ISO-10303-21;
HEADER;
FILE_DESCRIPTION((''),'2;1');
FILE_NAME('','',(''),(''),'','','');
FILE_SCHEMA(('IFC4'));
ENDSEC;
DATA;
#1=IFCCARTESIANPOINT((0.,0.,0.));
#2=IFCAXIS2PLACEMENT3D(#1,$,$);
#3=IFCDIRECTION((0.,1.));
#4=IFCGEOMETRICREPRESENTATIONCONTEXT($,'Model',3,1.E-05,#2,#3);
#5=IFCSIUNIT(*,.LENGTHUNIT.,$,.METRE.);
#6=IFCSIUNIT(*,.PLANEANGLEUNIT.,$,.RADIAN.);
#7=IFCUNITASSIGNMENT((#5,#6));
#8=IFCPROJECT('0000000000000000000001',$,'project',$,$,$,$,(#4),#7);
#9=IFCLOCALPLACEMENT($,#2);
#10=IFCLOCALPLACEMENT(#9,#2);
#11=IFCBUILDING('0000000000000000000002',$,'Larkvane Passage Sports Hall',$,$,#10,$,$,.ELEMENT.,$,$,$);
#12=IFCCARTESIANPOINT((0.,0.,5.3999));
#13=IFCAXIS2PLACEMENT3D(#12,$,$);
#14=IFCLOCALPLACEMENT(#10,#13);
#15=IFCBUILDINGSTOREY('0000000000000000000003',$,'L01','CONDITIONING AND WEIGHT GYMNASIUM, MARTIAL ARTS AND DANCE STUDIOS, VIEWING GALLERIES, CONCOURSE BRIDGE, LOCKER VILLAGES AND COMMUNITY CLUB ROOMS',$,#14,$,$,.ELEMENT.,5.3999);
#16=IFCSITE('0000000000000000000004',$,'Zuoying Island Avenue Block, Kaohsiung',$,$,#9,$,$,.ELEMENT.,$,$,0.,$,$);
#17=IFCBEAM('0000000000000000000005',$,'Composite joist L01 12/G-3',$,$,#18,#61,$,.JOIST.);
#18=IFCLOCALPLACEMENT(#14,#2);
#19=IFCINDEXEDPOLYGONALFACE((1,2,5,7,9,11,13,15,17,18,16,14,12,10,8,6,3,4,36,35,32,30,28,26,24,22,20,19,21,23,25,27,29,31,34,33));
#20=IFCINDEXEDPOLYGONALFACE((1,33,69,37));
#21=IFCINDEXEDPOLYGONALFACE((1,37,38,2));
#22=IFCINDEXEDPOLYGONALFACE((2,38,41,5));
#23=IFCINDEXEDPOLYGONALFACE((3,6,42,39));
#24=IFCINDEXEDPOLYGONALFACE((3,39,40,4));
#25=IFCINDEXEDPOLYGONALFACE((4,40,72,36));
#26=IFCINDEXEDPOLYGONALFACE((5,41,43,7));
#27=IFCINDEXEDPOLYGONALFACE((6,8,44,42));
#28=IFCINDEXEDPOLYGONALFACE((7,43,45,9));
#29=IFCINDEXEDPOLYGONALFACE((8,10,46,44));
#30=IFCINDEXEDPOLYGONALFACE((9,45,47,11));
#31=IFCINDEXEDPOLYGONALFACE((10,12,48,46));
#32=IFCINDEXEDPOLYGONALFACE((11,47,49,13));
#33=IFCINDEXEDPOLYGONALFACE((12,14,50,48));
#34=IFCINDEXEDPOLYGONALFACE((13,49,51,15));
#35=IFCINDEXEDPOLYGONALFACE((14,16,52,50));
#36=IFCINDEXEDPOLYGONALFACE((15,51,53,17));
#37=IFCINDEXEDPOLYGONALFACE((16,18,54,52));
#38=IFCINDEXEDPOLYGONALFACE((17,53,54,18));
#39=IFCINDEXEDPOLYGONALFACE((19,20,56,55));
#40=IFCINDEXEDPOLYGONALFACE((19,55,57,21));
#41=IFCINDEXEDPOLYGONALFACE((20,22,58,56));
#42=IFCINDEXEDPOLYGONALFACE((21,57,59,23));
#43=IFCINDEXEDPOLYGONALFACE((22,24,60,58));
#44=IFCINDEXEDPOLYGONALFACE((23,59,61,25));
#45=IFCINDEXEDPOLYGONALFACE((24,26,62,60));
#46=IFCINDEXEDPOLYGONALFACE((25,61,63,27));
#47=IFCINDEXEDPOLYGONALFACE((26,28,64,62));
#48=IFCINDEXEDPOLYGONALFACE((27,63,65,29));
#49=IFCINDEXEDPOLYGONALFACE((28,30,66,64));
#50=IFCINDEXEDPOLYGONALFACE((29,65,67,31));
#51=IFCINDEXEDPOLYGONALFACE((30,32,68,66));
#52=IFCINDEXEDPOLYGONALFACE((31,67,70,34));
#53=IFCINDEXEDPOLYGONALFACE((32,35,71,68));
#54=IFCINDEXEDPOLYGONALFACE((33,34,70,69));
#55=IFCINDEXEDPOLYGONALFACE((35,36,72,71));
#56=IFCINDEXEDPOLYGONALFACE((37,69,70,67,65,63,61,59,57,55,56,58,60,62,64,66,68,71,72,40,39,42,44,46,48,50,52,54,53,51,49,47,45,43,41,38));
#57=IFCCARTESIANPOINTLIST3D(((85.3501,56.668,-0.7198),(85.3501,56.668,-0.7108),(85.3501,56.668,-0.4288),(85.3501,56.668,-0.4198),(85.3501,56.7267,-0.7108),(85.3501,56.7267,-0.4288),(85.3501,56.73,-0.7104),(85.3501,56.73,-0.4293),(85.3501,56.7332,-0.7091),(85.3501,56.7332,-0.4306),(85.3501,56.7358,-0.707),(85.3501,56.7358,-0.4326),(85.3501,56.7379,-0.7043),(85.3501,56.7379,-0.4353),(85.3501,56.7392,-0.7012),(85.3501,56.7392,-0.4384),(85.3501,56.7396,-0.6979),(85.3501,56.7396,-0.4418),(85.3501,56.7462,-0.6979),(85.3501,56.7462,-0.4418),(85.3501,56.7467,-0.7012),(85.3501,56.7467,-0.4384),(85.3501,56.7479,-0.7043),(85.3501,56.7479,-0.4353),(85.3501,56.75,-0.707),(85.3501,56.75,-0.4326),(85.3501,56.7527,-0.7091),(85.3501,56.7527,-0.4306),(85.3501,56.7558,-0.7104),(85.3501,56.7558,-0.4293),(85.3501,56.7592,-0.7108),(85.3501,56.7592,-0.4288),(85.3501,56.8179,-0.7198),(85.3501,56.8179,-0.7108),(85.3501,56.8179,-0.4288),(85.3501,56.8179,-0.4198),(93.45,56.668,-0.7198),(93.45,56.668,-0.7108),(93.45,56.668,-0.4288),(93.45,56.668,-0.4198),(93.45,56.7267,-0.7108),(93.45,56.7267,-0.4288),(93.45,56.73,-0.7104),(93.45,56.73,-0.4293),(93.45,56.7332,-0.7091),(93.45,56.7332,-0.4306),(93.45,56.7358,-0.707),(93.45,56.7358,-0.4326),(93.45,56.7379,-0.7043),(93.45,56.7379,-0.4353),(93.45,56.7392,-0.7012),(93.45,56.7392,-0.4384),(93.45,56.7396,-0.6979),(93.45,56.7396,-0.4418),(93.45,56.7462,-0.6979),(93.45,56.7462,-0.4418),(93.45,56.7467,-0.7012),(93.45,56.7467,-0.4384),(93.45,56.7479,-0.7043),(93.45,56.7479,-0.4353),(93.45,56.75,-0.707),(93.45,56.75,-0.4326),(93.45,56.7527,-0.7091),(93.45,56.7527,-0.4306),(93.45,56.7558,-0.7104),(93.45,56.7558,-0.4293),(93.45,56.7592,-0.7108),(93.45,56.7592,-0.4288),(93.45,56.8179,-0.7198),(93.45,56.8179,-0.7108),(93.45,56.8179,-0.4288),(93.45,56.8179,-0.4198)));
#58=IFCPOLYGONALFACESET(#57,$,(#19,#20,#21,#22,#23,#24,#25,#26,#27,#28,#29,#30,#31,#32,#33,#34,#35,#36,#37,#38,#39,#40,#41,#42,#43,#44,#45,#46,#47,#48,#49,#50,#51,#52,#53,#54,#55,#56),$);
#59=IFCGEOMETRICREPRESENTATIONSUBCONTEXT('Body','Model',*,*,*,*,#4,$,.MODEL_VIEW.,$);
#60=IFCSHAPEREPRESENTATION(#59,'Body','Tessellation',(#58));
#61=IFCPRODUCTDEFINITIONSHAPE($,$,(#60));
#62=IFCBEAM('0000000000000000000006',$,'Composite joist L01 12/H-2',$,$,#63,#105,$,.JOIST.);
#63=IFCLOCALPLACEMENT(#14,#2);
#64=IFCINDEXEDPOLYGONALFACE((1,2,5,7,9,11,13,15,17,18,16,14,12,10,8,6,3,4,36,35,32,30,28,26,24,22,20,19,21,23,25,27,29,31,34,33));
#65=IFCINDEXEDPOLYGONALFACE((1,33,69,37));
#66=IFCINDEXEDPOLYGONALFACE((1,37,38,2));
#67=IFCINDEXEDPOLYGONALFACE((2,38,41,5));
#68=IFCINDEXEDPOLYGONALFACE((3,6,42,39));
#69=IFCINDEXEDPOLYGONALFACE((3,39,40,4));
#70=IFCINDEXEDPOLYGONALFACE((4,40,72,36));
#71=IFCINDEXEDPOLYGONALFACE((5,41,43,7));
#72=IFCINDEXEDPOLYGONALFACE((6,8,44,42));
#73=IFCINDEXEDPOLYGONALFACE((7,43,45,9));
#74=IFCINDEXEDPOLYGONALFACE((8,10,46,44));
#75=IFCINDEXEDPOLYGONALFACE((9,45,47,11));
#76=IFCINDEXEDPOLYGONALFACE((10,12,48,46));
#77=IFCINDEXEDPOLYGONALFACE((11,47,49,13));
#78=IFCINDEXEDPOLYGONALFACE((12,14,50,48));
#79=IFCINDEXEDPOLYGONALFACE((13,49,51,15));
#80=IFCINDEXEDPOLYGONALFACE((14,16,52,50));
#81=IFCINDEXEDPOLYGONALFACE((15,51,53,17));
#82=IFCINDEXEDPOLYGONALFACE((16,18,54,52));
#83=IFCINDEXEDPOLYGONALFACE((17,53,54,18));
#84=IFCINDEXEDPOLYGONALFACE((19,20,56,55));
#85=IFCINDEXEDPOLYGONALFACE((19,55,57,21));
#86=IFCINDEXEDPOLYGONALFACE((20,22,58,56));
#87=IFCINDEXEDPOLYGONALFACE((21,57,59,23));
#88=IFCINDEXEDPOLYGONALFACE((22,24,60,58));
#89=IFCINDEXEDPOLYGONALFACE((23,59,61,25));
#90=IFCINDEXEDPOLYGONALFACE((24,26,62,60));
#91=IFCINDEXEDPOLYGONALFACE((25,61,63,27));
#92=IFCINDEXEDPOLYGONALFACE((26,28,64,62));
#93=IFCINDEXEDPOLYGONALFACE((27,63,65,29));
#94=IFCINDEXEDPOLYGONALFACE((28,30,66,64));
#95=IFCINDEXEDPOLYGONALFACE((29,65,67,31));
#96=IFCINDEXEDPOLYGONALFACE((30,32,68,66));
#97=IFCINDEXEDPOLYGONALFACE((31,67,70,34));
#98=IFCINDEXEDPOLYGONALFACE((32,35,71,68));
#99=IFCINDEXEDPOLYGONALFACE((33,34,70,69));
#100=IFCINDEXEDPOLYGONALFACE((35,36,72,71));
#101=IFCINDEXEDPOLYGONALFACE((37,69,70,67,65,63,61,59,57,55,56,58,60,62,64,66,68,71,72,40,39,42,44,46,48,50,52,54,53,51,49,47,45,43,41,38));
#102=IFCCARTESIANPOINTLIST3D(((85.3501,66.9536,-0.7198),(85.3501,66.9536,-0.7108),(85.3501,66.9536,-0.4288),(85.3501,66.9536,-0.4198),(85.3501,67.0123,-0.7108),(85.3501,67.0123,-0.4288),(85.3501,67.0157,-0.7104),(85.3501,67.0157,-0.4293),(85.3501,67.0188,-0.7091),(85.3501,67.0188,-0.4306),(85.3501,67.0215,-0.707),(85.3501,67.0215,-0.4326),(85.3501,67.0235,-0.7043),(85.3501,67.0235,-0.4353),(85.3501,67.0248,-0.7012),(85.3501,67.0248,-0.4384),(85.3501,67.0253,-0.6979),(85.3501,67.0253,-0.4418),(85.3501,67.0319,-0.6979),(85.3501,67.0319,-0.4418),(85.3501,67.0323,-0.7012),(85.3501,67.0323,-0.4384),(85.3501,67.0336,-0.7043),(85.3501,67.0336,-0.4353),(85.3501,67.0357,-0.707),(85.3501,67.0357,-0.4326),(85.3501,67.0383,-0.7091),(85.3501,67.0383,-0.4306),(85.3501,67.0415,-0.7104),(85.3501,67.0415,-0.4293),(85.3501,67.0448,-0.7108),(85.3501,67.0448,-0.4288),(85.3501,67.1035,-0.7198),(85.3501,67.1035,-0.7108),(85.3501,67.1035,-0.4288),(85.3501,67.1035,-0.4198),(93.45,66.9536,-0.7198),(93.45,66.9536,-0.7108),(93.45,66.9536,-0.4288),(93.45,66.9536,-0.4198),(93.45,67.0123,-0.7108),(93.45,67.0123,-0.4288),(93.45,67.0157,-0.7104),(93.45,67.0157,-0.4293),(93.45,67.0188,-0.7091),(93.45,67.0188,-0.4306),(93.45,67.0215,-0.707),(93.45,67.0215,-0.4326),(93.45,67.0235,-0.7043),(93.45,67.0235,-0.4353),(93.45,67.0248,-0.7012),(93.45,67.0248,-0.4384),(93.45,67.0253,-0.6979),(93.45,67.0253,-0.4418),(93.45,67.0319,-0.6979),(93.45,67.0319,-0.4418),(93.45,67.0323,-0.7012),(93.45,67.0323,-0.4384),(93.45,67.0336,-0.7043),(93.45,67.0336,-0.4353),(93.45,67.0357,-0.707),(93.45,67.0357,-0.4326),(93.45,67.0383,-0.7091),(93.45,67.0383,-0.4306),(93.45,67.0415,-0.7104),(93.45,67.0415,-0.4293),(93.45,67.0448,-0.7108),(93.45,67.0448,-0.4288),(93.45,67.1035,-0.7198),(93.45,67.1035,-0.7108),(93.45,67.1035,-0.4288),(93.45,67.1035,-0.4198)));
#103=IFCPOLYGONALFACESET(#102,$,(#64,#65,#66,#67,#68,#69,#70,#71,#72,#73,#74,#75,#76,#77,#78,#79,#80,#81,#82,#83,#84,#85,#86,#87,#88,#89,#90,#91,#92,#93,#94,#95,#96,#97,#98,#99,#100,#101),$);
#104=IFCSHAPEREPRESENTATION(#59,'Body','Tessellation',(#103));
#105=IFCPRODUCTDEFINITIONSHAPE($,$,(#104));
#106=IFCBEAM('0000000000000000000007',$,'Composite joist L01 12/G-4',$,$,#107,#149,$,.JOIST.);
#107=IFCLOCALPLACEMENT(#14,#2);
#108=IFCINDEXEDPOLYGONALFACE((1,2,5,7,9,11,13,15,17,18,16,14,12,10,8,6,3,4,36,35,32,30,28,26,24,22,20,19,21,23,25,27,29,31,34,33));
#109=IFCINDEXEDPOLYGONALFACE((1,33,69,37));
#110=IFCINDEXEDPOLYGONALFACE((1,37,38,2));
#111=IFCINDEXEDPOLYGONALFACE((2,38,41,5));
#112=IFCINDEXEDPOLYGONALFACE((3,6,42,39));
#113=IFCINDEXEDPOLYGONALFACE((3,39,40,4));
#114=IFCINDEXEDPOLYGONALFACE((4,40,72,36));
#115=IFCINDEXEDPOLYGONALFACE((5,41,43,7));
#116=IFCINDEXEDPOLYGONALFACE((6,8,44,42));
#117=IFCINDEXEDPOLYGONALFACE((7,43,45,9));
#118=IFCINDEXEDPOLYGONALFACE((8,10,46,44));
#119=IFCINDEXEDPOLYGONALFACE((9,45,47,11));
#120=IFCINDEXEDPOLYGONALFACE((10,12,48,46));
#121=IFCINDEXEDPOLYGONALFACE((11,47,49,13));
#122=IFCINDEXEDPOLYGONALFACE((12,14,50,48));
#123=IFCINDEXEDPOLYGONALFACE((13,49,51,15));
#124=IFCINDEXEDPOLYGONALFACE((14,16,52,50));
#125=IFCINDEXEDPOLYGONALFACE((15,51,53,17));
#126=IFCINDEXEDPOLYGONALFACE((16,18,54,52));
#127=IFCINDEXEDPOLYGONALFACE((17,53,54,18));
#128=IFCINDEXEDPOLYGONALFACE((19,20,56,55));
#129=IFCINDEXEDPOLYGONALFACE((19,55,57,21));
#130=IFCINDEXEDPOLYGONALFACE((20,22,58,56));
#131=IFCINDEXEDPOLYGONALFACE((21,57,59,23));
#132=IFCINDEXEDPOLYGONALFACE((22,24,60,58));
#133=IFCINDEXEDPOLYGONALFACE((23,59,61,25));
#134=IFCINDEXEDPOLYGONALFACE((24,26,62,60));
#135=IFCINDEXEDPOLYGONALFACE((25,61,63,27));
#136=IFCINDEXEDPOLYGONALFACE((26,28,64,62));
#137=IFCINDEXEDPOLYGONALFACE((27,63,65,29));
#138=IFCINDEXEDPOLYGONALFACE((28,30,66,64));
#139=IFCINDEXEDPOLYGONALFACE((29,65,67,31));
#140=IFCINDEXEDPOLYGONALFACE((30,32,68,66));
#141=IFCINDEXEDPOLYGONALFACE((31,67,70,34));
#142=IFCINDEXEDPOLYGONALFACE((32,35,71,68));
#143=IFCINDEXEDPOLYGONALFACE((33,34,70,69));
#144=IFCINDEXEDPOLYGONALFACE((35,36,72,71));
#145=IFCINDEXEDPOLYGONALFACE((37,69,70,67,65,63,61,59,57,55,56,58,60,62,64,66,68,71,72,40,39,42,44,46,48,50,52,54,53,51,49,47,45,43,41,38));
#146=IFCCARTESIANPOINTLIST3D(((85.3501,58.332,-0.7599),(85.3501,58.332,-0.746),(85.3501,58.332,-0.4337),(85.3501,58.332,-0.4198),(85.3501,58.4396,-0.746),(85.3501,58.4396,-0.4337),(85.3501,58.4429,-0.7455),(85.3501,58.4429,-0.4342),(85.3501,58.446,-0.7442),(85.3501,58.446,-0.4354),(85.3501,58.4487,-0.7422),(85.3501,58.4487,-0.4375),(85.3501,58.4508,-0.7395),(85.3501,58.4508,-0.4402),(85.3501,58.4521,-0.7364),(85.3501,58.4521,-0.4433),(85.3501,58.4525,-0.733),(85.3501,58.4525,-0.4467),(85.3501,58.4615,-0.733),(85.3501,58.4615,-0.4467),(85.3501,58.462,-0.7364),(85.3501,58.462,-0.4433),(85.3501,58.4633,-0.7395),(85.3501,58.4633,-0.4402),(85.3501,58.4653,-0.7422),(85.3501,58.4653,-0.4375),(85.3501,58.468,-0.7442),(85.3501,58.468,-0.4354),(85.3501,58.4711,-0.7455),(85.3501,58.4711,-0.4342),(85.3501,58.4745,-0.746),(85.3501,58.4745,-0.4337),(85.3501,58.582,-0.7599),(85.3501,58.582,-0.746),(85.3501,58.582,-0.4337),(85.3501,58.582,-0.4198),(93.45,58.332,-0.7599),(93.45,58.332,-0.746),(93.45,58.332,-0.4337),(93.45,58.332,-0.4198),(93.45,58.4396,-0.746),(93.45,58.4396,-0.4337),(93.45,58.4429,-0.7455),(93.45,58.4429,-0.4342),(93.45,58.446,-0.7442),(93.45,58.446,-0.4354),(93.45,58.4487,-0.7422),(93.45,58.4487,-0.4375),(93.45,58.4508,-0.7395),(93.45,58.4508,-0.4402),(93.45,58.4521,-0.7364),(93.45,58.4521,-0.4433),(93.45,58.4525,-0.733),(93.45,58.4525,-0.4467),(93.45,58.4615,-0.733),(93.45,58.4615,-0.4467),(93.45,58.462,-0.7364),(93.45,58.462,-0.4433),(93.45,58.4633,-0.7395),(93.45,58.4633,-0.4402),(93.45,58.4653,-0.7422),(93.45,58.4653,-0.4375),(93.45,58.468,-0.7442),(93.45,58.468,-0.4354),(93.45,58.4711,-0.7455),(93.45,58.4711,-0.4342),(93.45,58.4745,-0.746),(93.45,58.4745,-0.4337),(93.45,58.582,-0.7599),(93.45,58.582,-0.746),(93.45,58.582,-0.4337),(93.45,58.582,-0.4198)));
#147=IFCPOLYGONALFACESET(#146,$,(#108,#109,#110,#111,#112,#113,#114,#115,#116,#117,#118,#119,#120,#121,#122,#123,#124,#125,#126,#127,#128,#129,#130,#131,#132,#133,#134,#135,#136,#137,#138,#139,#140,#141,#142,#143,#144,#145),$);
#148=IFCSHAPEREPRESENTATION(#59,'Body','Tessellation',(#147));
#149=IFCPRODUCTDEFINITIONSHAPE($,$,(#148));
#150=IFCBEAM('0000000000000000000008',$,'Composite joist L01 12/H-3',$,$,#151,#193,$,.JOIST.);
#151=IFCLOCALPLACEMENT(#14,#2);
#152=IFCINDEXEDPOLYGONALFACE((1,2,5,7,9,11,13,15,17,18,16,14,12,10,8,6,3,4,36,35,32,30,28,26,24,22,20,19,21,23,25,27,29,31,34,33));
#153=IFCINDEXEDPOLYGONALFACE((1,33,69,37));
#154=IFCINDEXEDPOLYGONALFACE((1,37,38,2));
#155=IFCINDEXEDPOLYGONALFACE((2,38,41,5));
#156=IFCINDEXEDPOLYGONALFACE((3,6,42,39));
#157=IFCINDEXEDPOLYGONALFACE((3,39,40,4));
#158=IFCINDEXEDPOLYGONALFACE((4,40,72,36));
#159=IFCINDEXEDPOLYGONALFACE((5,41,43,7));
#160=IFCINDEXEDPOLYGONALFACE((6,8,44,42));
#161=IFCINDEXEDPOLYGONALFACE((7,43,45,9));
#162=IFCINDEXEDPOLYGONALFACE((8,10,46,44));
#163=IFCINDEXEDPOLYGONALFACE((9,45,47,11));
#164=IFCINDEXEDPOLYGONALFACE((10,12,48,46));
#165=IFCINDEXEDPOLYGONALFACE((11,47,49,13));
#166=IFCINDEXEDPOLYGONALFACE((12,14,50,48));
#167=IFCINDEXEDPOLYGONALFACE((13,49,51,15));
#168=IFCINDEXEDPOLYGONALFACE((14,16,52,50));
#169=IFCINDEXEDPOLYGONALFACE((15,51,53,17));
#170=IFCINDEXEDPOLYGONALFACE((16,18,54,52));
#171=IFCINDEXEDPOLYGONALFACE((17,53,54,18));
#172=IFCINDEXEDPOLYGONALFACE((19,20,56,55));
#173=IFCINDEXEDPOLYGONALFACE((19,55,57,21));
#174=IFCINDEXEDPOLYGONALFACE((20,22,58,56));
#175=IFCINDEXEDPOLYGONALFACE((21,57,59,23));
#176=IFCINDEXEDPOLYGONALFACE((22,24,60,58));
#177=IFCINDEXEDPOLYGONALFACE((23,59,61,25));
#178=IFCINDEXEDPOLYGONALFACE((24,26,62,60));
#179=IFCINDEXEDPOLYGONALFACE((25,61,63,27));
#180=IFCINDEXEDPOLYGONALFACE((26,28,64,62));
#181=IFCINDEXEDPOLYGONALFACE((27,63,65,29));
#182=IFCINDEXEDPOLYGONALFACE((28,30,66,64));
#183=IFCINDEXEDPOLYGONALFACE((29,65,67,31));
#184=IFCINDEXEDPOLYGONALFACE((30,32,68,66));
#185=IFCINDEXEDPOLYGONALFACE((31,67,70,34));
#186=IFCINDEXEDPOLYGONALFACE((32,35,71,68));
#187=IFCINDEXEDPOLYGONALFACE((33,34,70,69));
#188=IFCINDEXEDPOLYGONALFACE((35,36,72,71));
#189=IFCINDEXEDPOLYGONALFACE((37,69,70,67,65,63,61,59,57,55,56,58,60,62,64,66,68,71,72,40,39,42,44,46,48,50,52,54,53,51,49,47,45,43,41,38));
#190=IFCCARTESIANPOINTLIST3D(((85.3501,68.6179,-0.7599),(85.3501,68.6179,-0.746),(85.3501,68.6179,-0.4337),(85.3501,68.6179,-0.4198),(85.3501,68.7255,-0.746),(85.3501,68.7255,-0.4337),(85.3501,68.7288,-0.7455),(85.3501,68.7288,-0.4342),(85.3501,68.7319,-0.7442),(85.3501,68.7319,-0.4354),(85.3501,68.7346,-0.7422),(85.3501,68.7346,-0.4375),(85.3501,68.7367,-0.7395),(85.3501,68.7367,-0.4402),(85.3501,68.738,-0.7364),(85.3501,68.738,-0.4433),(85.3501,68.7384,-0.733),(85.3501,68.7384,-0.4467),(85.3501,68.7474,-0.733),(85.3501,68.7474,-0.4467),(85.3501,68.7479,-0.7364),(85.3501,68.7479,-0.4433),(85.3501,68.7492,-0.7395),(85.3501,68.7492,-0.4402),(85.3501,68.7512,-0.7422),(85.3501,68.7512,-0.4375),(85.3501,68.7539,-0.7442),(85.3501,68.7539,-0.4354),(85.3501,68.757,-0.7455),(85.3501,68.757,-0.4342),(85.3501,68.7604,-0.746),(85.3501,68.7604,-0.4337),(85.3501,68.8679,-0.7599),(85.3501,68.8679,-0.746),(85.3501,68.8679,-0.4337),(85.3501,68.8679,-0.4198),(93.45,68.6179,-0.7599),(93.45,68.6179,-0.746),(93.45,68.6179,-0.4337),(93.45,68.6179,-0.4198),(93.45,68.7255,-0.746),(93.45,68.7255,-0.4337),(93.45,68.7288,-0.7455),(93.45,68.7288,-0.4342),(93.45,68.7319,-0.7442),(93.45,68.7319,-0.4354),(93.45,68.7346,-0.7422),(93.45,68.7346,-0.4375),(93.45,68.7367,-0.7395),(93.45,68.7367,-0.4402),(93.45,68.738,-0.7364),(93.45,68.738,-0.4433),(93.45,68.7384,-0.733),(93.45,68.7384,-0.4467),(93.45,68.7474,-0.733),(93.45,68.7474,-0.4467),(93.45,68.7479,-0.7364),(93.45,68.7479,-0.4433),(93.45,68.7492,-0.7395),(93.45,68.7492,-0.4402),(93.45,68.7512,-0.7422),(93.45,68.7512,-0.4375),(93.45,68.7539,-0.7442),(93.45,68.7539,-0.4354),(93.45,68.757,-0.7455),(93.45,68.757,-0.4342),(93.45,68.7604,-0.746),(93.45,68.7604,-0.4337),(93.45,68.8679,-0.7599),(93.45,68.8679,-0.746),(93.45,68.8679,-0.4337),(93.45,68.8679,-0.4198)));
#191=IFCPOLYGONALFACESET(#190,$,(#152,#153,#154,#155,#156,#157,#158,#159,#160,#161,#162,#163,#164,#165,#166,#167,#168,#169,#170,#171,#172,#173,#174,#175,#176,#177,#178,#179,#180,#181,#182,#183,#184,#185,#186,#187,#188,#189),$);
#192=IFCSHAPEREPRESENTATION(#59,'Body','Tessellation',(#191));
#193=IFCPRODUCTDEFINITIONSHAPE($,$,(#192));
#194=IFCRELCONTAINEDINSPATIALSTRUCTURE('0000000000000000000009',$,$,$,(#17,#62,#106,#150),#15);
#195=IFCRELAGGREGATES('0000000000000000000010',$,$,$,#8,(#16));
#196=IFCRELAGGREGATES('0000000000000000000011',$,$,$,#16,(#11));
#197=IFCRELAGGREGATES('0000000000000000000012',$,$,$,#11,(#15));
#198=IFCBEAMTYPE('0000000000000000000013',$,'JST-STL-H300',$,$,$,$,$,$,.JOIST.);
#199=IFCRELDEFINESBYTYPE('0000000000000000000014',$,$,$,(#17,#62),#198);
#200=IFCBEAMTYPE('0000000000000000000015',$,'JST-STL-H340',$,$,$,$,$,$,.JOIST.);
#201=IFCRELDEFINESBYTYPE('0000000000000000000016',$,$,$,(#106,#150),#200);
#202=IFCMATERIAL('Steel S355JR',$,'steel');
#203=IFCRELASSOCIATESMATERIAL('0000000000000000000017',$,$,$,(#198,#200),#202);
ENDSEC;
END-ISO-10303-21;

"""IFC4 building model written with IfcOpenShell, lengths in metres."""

from ifc_helpers import new_model, si_unit, direction, frame, origin, origin_2d, place, context, subcontext, project, spatial, i_section, extrude, material, material_profile, profile_set, type_object, element, save


model = new_model("IFC4")

# Units and contexts
model_context = context("Model", 3, precision=1e-05, world=origin(), true_north=direction((0.0, 1.0)))
body_context = subcontext(model_context, "Body", "Model", "MODEL_VIEW")
ifc_project = project(units=[si_unit("LENGTHUNIT", "METRE"), si_unit("PLANEANGLEUNIT", "RADIAN")], contexts=[model_context])

# Site, building, storey
site_placement = place(None, origin())
site = spatial("IfcSite", under=ifc_project, at=site_placement, Name="Zuoying Island Avenue Block, Kaohsiung", CompositionType="ELEMENT", RefElevation=0.0)
building_placement = place(site_placement, origin())
building = spatial("IfcBuilding", under=site, at=building_placement, Name="Larkvane Passage Sports Hall", CompositionType="ELEMENT")
storey_placement = place(building_placement, frame((0.0, 0.0, 5.3999)))
storey = spatial("IfcBuildingStorey", under=building, at=storey_placement, Name="L01", Description="CONDITIONING AND WEIGHT GYMNASIUM, MARTIAL ARTS AND DANCE STUDIOS, VIEWING GALLERIES, CONCOURSE BRIDGE, LOCKER VILLAGES AND COMMUNITY CLUB ROOMS", CompositionType="ELEMENT", Elevation=5.3999)

# Shared definitions
ifc_material_1 = material(Name="Steel S355JR", Category="steel")

# Beams
ifc_material_profile_1 = material_profile(ifc_material_1, i_section(OverallWidth=0.1499, OverallDepth=0.3, WebThickness=0.0066, FlangeThickness=0.009, FilletRadius=0.0129, at=origin_2d()), Name="H-300x150x6.5x9")
ifc_profile_set_1 = profile_set([ifc_material_profile_1], Name="Steel S355JR")
beam_type_1 = type_object("IfcBeamType", Name="JST-STL-H300", PredefinedType="JOIST", material=ifc_profile_set_1)
for number, where, z_axis, x_axis, name in (
    (1, (85.3501, 56.7429, -0.5698), (1.0, 0.0, 0.0), (0.0, 1.0, 0.0), "Composite joist L01 12/G-3"),
    (2, (85.3501, 67.0286, -0.5698), (1.0, 0.0, 0.0), (0.0, 1.0, 0.0), "Composite joist L01 12/H-2"),
):
    element("IfcBeam", number, at=place(storey_placement, frame(where, z_axis=z_axis, x_axis=x_axis)), inside=storey, type_object=beam_type_1, Name=name, PredefinedType="JOIST", context=body_context, shape_type="SweptSolid", body=[
        extrude(i_section(OverallWidth=0.1499, OverallDepth=0.3, WebThickness=0.0066, FlangeThickness=0.009, FilletRadius=0.0129, at=origin_2d()), origin(), (0.0, 0.0, 1.0), 8.0999),
    ])
ifc_material_profile_2 = material_profile(ifc_material_1, i_section(OverallWidth=0.25, OverallDepth=0.3401, WebThickness=0.009, FlangeThickness=0.0139, FilletRadius=0.0129, at=origin_2d()), Name="H-340x250x9x14")
ifc_profile_set_2 = profile_set([ifc_material_profile_2], Name="Steel S355JR")
beam_type_2 = type_object("IfcBeamType", Name="JST-STL-H340", PredefinedType="JOIST", material=ifc_profile_set_2)
for number, where, z_axis, x_axis, name in (
    (3, (85.3501, 58.457, -0.5898), (1.0, 0.0, 0.0), (0.0, 1.0, 0.0), "Composite joist L01 12/G-4"),
    (4, (85.3501, 68.7429, -0.5898), (1.0, 0.0, 0.0), (0.0, 1.0, 0.0), "Composite joist L01 12/H-3"),
):
    element("IfcBeam", number, at=place(storey_placement, frame(where, z_axis=z_axis, x_axis=x_axis)), inside=storey, type_object=beam_type_2, Name=name, PredefinedType="JOIST", context=body_context, shape_type="SweptSolid", body=[
        extrude(i_section(OverallWidth=0.25, OverallDepth=0.3401, WebThickness=0.009, FlangeThickness=0.0139, FilletRadius=0.0129, at=origin_2d()), origin(), (0.0, 0.0, 1.0), 8.0999),
    ])

save(model, "model.ifc")
